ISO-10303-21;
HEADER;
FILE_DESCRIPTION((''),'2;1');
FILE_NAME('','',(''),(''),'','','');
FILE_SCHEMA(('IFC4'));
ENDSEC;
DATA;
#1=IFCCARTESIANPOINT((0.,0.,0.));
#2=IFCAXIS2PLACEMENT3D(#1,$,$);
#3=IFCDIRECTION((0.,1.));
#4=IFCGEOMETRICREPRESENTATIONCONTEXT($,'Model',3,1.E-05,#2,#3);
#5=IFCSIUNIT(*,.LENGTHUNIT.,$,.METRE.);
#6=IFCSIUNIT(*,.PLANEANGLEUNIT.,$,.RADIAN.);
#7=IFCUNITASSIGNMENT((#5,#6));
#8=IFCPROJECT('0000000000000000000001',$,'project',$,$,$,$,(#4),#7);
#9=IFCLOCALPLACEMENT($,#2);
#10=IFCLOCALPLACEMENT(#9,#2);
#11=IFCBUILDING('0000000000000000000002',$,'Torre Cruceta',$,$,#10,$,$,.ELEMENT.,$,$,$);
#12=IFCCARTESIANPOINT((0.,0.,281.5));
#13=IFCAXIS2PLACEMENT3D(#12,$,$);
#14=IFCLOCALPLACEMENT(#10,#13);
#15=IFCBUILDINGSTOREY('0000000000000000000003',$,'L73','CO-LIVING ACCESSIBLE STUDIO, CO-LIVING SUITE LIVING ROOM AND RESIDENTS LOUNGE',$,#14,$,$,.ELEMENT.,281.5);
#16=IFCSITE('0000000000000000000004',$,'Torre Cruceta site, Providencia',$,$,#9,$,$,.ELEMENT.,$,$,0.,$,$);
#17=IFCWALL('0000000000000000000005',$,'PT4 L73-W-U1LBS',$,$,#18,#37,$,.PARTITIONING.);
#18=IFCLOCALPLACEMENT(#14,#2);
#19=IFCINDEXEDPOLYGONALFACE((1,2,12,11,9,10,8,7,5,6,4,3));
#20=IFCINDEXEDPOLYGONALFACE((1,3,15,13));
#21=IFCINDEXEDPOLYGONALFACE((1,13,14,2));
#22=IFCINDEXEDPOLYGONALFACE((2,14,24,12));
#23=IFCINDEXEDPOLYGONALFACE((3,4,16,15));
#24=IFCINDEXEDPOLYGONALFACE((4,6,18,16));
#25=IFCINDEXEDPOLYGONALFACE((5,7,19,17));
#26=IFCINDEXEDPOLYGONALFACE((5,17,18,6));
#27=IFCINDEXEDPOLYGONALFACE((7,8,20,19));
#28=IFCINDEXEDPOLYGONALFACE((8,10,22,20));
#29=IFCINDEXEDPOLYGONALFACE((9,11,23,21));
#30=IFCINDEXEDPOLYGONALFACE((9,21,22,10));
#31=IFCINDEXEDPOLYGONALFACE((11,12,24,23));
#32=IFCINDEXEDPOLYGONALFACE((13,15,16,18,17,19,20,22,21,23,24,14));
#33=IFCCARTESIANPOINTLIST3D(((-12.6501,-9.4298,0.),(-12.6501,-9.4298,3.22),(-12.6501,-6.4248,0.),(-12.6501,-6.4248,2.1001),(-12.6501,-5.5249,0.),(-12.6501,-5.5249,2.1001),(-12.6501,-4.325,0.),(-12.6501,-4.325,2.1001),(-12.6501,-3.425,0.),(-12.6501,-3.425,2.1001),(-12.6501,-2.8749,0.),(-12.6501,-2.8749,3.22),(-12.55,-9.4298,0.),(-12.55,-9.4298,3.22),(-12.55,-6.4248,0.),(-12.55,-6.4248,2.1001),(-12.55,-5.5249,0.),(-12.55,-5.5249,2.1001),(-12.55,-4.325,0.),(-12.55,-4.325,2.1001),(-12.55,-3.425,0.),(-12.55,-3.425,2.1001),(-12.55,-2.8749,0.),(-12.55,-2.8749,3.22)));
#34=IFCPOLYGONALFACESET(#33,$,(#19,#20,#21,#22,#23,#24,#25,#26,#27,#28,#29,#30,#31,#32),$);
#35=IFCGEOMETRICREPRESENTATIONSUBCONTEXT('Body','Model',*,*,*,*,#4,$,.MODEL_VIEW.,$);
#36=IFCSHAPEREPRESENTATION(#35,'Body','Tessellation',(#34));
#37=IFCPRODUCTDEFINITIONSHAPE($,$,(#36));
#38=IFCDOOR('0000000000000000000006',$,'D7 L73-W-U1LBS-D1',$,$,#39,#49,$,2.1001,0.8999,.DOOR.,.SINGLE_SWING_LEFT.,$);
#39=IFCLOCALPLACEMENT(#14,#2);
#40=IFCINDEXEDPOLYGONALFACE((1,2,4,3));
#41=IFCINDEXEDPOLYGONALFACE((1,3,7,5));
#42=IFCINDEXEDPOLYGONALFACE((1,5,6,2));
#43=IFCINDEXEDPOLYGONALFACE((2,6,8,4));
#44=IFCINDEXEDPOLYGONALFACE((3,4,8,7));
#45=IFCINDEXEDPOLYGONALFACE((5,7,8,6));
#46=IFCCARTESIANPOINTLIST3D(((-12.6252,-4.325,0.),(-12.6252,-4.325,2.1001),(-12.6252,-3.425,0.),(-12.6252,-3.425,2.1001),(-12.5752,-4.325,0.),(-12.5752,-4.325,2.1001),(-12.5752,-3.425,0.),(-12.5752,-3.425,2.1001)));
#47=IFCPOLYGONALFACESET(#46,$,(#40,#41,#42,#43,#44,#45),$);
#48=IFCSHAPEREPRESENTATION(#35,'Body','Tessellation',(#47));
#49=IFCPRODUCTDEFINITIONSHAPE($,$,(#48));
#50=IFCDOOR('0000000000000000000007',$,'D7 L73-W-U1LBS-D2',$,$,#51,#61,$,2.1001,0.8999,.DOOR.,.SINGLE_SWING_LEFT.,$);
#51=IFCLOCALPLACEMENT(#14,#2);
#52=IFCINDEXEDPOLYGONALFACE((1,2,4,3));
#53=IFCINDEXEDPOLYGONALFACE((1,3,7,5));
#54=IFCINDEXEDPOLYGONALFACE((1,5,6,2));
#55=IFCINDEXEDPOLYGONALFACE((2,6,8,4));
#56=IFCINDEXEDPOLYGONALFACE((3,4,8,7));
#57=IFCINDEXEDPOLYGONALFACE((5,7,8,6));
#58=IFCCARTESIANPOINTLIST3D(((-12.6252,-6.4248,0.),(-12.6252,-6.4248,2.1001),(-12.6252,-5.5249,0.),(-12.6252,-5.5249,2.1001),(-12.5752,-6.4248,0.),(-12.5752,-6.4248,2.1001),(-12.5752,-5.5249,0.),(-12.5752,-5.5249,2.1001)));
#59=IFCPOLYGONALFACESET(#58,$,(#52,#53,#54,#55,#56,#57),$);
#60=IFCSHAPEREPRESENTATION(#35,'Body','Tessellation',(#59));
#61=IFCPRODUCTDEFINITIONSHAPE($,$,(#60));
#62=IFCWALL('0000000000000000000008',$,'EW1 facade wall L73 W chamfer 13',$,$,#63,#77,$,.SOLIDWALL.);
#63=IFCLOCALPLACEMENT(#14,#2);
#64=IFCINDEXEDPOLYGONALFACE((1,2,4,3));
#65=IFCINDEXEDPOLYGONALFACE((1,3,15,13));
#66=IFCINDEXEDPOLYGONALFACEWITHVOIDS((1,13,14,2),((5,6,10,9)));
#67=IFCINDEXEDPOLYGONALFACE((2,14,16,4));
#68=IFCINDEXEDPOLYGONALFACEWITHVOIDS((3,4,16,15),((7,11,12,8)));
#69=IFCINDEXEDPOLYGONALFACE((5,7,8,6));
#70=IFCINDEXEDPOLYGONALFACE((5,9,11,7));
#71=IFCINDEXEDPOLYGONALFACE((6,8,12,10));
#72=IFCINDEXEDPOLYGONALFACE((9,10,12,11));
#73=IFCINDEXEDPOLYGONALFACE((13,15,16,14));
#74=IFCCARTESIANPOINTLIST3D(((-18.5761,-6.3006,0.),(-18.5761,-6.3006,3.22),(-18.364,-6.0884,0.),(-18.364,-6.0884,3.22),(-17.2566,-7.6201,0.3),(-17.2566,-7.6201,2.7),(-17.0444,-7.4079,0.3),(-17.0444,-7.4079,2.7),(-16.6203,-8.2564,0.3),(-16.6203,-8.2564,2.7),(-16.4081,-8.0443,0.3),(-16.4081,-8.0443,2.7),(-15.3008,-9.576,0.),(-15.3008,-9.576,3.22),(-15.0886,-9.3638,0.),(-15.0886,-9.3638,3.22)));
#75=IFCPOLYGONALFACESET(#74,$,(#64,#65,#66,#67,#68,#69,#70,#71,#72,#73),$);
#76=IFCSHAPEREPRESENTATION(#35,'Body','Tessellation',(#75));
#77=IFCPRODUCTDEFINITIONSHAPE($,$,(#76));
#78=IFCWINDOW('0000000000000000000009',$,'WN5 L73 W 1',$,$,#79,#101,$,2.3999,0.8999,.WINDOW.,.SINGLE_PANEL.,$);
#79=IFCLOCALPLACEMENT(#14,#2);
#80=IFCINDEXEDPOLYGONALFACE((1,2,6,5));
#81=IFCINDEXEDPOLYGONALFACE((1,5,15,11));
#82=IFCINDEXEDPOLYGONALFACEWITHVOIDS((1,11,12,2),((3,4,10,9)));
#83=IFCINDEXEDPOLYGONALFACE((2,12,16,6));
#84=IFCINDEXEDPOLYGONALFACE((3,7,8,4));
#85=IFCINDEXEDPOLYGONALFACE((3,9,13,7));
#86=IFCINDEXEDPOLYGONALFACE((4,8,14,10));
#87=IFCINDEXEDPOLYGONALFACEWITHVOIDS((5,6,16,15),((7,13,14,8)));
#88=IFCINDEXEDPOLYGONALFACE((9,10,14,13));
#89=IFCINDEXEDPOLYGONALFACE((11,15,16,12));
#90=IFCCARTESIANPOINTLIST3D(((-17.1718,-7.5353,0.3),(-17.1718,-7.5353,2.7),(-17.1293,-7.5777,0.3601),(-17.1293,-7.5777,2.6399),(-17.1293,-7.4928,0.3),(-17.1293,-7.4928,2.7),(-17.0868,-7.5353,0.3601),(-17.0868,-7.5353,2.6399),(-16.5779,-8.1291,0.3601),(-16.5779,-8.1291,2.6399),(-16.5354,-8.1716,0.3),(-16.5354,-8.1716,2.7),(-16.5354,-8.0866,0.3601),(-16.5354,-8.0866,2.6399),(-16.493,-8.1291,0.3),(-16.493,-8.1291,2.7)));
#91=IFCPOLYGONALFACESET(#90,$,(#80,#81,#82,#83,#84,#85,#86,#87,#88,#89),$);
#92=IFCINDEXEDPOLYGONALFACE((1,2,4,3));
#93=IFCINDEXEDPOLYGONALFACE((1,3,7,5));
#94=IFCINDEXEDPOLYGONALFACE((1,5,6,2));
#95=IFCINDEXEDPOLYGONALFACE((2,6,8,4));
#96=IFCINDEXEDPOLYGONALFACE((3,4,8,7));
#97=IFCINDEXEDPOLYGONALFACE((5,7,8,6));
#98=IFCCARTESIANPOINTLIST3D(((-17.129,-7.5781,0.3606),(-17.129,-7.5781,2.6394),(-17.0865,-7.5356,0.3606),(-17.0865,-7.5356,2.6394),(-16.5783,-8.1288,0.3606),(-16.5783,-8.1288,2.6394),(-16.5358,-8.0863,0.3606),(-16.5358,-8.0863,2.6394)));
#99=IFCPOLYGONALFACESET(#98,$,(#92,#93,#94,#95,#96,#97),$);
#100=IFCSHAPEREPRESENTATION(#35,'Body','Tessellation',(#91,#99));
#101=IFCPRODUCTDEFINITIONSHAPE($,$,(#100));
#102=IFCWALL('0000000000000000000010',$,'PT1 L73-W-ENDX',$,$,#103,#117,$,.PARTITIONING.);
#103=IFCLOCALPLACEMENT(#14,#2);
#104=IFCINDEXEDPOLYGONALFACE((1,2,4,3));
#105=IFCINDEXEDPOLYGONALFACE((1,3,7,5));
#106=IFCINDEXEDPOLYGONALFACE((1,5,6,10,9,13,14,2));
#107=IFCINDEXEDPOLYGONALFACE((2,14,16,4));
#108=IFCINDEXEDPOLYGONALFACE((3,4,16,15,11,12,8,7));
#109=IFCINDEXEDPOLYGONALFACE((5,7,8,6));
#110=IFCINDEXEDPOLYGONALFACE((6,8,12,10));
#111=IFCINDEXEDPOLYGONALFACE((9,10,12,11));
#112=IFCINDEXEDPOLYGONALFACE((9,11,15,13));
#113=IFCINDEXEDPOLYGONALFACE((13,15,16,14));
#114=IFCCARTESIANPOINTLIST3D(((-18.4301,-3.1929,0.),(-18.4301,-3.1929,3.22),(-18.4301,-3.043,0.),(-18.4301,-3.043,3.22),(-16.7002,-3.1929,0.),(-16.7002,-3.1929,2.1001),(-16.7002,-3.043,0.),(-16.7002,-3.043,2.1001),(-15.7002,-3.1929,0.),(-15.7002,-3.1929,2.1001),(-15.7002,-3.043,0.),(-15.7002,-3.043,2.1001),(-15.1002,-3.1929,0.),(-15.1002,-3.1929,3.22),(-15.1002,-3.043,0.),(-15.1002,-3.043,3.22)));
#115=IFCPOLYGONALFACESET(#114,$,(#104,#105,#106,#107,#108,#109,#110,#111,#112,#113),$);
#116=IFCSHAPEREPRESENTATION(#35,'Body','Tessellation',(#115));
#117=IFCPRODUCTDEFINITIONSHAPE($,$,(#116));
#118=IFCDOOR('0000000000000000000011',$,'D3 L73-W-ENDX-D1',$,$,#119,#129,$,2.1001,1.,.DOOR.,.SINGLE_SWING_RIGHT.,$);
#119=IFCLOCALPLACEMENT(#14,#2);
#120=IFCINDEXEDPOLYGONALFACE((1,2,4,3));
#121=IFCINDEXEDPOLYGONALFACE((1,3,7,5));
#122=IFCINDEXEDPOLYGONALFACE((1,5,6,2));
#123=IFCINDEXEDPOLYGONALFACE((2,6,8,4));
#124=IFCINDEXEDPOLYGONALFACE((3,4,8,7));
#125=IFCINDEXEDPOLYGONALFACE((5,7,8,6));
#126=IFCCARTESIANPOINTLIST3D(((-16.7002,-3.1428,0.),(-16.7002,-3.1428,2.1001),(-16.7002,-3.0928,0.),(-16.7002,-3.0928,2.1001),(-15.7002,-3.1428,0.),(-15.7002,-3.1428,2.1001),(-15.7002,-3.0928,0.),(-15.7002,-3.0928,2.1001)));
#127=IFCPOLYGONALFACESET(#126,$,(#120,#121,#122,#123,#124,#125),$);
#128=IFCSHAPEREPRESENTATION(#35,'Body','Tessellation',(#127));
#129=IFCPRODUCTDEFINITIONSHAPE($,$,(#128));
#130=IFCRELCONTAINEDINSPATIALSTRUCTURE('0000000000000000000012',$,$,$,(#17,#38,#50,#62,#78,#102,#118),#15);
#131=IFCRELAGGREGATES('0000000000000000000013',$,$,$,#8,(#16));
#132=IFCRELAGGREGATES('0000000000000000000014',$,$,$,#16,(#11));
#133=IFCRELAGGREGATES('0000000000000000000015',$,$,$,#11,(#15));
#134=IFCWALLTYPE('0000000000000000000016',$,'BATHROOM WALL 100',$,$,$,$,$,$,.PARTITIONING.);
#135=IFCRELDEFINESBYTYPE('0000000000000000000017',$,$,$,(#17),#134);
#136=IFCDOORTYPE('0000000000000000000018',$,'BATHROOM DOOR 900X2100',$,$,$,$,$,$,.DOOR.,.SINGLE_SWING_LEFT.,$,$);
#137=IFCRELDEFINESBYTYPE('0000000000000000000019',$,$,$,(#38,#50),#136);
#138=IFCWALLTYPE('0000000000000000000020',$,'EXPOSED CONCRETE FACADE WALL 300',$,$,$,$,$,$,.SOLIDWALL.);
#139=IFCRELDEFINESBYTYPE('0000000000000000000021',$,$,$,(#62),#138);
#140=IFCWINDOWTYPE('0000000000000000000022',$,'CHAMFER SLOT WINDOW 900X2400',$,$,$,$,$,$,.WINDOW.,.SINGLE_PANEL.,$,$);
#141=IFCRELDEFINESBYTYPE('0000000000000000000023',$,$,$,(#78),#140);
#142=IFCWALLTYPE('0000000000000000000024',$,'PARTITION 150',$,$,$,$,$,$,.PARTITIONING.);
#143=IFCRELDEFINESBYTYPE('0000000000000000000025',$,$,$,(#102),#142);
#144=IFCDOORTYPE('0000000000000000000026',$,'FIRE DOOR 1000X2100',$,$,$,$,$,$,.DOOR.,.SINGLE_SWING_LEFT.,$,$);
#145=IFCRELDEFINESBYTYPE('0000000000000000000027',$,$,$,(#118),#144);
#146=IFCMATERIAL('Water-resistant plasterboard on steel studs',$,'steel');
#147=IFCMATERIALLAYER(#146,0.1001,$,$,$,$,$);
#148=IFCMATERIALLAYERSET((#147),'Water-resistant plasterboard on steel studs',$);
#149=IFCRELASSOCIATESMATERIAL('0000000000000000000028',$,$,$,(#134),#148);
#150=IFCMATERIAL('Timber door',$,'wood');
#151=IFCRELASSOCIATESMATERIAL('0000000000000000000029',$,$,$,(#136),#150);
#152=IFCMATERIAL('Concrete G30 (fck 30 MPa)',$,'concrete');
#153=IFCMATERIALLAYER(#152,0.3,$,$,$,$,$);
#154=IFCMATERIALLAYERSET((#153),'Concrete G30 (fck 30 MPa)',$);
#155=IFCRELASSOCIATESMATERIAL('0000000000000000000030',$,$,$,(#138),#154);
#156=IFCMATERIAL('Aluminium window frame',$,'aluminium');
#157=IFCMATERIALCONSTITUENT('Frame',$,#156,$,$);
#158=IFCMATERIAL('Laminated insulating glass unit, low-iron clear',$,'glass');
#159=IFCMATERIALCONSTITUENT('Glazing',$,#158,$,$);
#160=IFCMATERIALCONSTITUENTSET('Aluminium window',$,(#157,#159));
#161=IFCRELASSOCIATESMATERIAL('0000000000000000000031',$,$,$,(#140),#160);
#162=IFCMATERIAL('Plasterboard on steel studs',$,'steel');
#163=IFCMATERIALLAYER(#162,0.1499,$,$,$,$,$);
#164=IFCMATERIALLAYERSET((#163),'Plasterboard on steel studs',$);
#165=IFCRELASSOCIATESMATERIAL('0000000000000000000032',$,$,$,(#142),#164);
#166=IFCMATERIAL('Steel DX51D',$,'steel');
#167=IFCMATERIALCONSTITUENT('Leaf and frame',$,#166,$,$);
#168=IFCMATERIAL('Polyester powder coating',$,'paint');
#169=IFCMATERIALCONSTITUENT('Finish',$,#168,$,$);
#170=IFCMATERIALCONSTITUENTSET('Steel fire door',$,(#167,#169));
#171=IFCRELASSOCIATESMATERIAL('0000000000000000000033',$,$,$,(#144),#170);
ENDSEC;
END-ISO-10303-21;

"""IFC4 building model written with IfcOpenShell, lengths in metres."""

from ifc_helpers import new_model, si_unit, direction, frame, frame_2d, origin, place, context, subcontext, project, spatial, rectangle, hollow_rectangle, extrude, material, layer, layer_set, constituent, constituent_set, type_object, element, fill, save


model = new_model("IFC4")

# Units and contexts
model_context = context("Model", 3, precision=1e-05, world=origin(), true_north=direction((0.0, 1.0)))
body_context = subcontext(model_context, "Body", "Model", "MODEL_VIEW")
ifc_project = project(units=[si_unit("LENGTHUNIT", "METRE"), si_unit("PLANEANGLEUNIT", "RADIAN")], contexts=[model_context])

# Site, building, storey
site_placement = place(None, origin())
site = spatial("IfcSite", under=ifc_project, at=site_placement, Name="Torre Cruceta site, Providencia", CompositionType="ELEMENT", RefElevation=0.0)
building_placement = place(site_placement, origin())
building = spatial("IfcBuilding", under=site, at=building_placement, Name="Torre Cruceta", CompositionType="ELEMENT")
storey_placement = place(building_placement, frame((0.0, 0.0, 281.5)))
storey = spatial("IfcBuildingStorey", under=building, at=storey_placement, Name="L73", Description="CO-LIVING ACCESSIBLE STUDIO, CO-LIVING SUITE LIVING ROOM AND RESIDENTS LOUNGE", CompositionType="ELEMENT", Elevation=281.5)

# Shared definitions
ifc_material_1 = material(Name="Water-resistant plasterboard on steel studs", Category="steel")
ifc_layer_1 = layer(ifc_material_1, 0.1001)
ifc_layer_set_1 = layer_set([ifc_layer_1], Name="Water-resistant plasterboard on steel studs")
wall_type_1 = type_object("IfcWallType", Name="BATHROOM WALL 100", PredefinedType="PARTITIONING", material=ifc_layer_set_1)

# Wall, openings, doors
wall_1_placement = place(storey_placement, frame((-12.6001, -2.875, 0.0), z_axis=(0.0, 0.0, 1.0), x_axis=(0.0, -1.0, 0.0)))
wall_1 = element("IfcWall", 1, at=wall_1_placement, inside=storey, type_object=wall_type_1, Name="PT4 L73-W-U1LBS", PredefinedType="PARTITIONING", context=body_context, shape_type="SweptSolid", body=[
    extrude(rectangle(XDim=6.5549, YDim=0.1001, at=frame_2d((3.2773, 0.0))), origin(), (0.0, 0.0, 1.0), 3.22),
])
opening_1_placement = place(wall_1_placement, frame((0.55, 0.0, 0.0)))
opening_1 = element("IfcOpeningElement", 2, at=opening_1_placement, cuts=wall_1, PredefinedType="OPENING", context=body_context, shape_type="SweptSolid", body=[
    extrude(rectangle(XDim=0.8999, YDim=2.1001, at=frame_2d((0.45, 1.05))), frame((0.0, 0.0601, 0.0), z_axis=(0.0, -1.0, 0.0), x_axis=(1.0, 0.0, 0.0)), (0.0, 0.0, 1.0), 0.1201),
])
opening_2_placement = place(wall_1_placement, frame((2.6499, 0.0, 0.0)))
opening_2 = element("IfcOpeningElement", 3, at=opening_2_placement, cuts=wall_1, PredefinedType="OPENING", context=body_context, shape_type="SweptSolid", body=[
    extrude(rectangle(XDim=0.8999, YDim=2.1001, at=frame_2d((0.45, 1.05))), frame((0.0, 0.0601, 0.0), z_axis=(0.0, -1.0, 0.0), x_axis=(1.0, 0.0, 0.0)), (0.0, 0.0, 1.0), 0.1201),
])
ifc_material_2 = material(Name="Timber door", Category="wood")
door_type_1 = type_object("IfcDoorType", Name="BATHROOM DOOR 900X2100", OperationType="SINGLE_SWING_LEFT", PredefinedType="DOOR", material=ifc_material_2)
door_1_placement = place(opening_1_placement, origin())
door_1 = element("IfcDoor", 4, at=door_1_placement, inside=storey, type_object=door_type_1, Name="D7 L73-W-U1LBS-D1", OperationType="SINGLE_SWING_LEFT", OverallHeight=2.1001, OverallWidth=0.8999, PredefinedType="DOOR", context=body_context, shape_type="SweptSolid", body=[
    extrude(rectangle(XDim=0.8999, YDim=2.1001, at=frame_2d((0.45, 1.05))), frame((0.0, 0.0249, 0.0), z_axis=(0.0, -1.0, 0.0), x_axis=(1.0, 0.0, 0.0)), (0.0, 0.0, 1.0), 0.05),
])
fill(opening_1, door_1)
door_2_placement = place(opening_2_placement, origin())
door_2 = element("IfcDoor", 5, at=door_2_placement, inside=storey, type_object=door_type_1, Name="D7 L73-W-U1LBS-D2", OperationType="SINGLE_SWING_LEFT", OverallHeight=2.1001, OverallWidth=0.8999, PredefinedType="DOOR", context=body_context, shape_type="SweptSolid", body=[
    extrude(rectangle(XDim=0.8999, YDim=2.1001, at=frame_2d((0.45, 1.05))), frame((0.0, 0.0249, 0.0), z_axis=(0.0, -1.0, 0.0), x_axis=(1.0, 0.0, 0.0)), (0.0, 0.0, 1.0), 0.05),
])
fill(opening_2, door_2)

# Wall, opening, window
ifc_material_3 = material(Name="Concrete G30 (fck 30 MPa)", Category="concrete")
ifc_layer_2 = layer(ifc_material_3, 0.3)
ifc_layer_set_2 = layer_set([ifc_layer_2], Name="Concrete G30 (fck 30 MPa)")
wall_type_2 = type_object("IfcWallType", Name="EXPOSED CONCRETE FACADE WALL 300", PredefinedType="SOLIDWALL", material=ifc_layer_set_2)
wall_2_placement = place(storey_placement, frame((-18.47, -6.1946, 0.0), z_axis=(0.0, 0.0, 1.0), x_axis=(0.707107, -0.707107, 0.0)))
wall_2 = element("IfcWall", 6, at=wall_2_placement, inside=storey, type_object=wall_type_2, Name="EW1 facade wall L73 W chamfer 13", PredefinedType="SOLIDWALL", context=body_context, shape_type="SweptSolid", body=[
    extrude(rectangle(XDim=4.6321, YDim=0.3, at=frame_2d((2.3159, 0.0))), origin(), (0.0, 0.0, 1.0), 3.22),
])
opening_3_placement = place(wall_2_placement, frame((1.866, 0.0, 0.3)))
opening_3 = element("IfcOpeningElement", 7, at=opening_3_placement, cuts=wall_2, PredefinedType="OPENING", context=body_context, shape_type="SweptSolid", body=[
    extrude(rectangle(XDim=0.8999, YDim=2.3999, at=frame_2d((0.45, 1.2))), frame((0.0, 0.1599, 0.0), z_axis=(0.0, -1.0, 0.0), x_axis=(1.0, 0.0, 0.0)), (0.0, 0.0, 1.0), 0.3201),
])
ifc_material_4 = material(Name="Aluminium window frame", Category="aluminium")
ifc_constituent_1 = constituent(ifc_material_4, Name="Frame")
ifc_material_5 = material(Name="Laminated insulating glass unit, low-iron clear", Category="glass")
ifc_constituent_2 = constituent(ifc_material_5, Name="Glazing")
ifc_constituent_set_1 = constituent_set(constituents=[ifc_constituent_1, ifc_constituent_2], Name="Aluminium window")
window_type = type_object("IfcWindowType", Name="CHAMFER SLOT WINDOW 900X2400", PartitioningType="SINGLE_PANEL", PredefinedType="WINDOW", material=ifc_constituent_set_1)
window_placement = place(opening_3_placement, origin())
window = element("IfcWindow", 8, at=window_placement, inside=storey, type_object=window_type, Name="WN5 L73 W 1", OverallHeight=2.3999, OverallWidth=0.8999, PartitioningType="SINGLE_PANEL", PredefinedType="WINDOW", context=body_context, shape_type="SweptSolid", body=[
    extrude(hollow_rectangle(XDim=0.8999, YDim=2.3999, WallThickness=0.0601, at=frame_2d((0.45, 1.2))), frame((0.0, 0.03, 0.0), z_axis=(0.0, -1.0, 0.0), x_axis=(1.0, 0.0, 0.0)), (0.0, 0.0, 1.0), 0.0601),
    extrude(rectangle(XDim=0.7788, YDim=2.2788, at=frame_2d((0.45, 1.2))), frame((0.0, 0.03, 0.0), z_axis=(0.0, -1.0, 0.0), x_axis=(1.0, 0.0, 0.0)), (0.0, 0.0, 1.0), 0.0601),
])
fill(opening_3, window)

# Wall, opening, door
ifc_material_6 = material(Name="Plasterboard on steel studs", Category="steel")
ifc_layer_3 = layer(ifc_material_6, 0.1499)
ifc_layer_set_3 = layer_set([ifc_layer_3], Name="Plasterboard on steel studs")
wall_type_3 = type_object("IfcWallType", Name="PARTITION 150", PredefinedType="PARTITIONING", material=ifc_layer_set_3)
wall_3_placement = place(storey_placement, frame((-15.1001, -3.1179, 0.0), z_axis=(0.0, 0.0, 1.0), x_axis=(-1.0, 0.0, 0.0)))
wall_3 = element("IfcWall", 9, at=wall_3_placement, inside=storey, type_object=wall_type_3, Name="PT1 L73-W-ENDX", PredefinedType="PARTITIONING", context=body_context, shape_type="SweptSolid", body=[
    extrude(rectangle(XDim=3.3298, YDim=0.1499, at=frame_2d((1.665, 0.0))), origin(), (0.0, 0.0, 1.0), 3.22),
])
opening_4_placement = place(wall_3_placement, frame((0.6001, 0.0, 0.0)))
opening_4 = element("IfcOpeningElement", 10, at=opening_4_placement, cuts=wall_3, PredefinedType="OPENING", context=body_context, shape_type="SweptSolid", body=[
    extrude(rectangle(XDim=1.0, YDim=2.1001, at=frame_2d((0.5, 1.05))), frame((0.0, 0.085, 0.0), z_axis=(0.0, -1.0, 0.0), x_axis=(1.0, 0.0, 0.0)), (0.0, 0.0, 1.0), 0.1699),
])
ifc_material_7 = material(Name="Steel DX51D", Category="steel")
ifc_constituent_3 = constituent(ifc_material_7, Name="Leaf and frame")
ifc_material_8 = material(Name="Polyester powder coating", Category="paint")
ifc_constituent_4 = constituent(ifc_material_8, Name="Finish")
ifc_constituent_set_2 = constituent_set(constituents=[ifc_constituent_3, ifc_constituent_4], Name="Steel fire door")
door_type_2 = type_object("IfcDoorType", Name="FIRE DOOR 1000X2100", OperationType="SINGLE_SWING_LEFT", PredefinedType="DOOR", material=ifc_constituent_set_2)
door_3_placement = place(opening_4_placement, frame((1.0, 0.0, 0.0), z_axis=(0.0, 0.0, 1.0), x_axis=(-1.0, 0.0, 0.0)))
door_3 = element("IfcDoor", 11, at=door_3_placement, inside=storey, type_object=door_type_2, Name="D3 L73-W-ENDX-D1", OperationType="SINGLE_SWING_RIGHT", OverallHeight=2.1001, OverallWidth=1.0, PredefinedType="DOOR", context=body_context, shape_type="SweptSolid", body=[
    extrude(rectangle(XDim=1.0, YDim=2.1001, at=frame_2d((0.5, 1.05))), frame((0.0, 0.0251, 0.0), z_axis=(0.0, -1.0, 0.0), x_axis=(1.0, 0.0, 0.0)), (0.0, 0.0, 1.0), 0.05),
])
fill(opening_4, door_3)

save(model, "model.ifc")
